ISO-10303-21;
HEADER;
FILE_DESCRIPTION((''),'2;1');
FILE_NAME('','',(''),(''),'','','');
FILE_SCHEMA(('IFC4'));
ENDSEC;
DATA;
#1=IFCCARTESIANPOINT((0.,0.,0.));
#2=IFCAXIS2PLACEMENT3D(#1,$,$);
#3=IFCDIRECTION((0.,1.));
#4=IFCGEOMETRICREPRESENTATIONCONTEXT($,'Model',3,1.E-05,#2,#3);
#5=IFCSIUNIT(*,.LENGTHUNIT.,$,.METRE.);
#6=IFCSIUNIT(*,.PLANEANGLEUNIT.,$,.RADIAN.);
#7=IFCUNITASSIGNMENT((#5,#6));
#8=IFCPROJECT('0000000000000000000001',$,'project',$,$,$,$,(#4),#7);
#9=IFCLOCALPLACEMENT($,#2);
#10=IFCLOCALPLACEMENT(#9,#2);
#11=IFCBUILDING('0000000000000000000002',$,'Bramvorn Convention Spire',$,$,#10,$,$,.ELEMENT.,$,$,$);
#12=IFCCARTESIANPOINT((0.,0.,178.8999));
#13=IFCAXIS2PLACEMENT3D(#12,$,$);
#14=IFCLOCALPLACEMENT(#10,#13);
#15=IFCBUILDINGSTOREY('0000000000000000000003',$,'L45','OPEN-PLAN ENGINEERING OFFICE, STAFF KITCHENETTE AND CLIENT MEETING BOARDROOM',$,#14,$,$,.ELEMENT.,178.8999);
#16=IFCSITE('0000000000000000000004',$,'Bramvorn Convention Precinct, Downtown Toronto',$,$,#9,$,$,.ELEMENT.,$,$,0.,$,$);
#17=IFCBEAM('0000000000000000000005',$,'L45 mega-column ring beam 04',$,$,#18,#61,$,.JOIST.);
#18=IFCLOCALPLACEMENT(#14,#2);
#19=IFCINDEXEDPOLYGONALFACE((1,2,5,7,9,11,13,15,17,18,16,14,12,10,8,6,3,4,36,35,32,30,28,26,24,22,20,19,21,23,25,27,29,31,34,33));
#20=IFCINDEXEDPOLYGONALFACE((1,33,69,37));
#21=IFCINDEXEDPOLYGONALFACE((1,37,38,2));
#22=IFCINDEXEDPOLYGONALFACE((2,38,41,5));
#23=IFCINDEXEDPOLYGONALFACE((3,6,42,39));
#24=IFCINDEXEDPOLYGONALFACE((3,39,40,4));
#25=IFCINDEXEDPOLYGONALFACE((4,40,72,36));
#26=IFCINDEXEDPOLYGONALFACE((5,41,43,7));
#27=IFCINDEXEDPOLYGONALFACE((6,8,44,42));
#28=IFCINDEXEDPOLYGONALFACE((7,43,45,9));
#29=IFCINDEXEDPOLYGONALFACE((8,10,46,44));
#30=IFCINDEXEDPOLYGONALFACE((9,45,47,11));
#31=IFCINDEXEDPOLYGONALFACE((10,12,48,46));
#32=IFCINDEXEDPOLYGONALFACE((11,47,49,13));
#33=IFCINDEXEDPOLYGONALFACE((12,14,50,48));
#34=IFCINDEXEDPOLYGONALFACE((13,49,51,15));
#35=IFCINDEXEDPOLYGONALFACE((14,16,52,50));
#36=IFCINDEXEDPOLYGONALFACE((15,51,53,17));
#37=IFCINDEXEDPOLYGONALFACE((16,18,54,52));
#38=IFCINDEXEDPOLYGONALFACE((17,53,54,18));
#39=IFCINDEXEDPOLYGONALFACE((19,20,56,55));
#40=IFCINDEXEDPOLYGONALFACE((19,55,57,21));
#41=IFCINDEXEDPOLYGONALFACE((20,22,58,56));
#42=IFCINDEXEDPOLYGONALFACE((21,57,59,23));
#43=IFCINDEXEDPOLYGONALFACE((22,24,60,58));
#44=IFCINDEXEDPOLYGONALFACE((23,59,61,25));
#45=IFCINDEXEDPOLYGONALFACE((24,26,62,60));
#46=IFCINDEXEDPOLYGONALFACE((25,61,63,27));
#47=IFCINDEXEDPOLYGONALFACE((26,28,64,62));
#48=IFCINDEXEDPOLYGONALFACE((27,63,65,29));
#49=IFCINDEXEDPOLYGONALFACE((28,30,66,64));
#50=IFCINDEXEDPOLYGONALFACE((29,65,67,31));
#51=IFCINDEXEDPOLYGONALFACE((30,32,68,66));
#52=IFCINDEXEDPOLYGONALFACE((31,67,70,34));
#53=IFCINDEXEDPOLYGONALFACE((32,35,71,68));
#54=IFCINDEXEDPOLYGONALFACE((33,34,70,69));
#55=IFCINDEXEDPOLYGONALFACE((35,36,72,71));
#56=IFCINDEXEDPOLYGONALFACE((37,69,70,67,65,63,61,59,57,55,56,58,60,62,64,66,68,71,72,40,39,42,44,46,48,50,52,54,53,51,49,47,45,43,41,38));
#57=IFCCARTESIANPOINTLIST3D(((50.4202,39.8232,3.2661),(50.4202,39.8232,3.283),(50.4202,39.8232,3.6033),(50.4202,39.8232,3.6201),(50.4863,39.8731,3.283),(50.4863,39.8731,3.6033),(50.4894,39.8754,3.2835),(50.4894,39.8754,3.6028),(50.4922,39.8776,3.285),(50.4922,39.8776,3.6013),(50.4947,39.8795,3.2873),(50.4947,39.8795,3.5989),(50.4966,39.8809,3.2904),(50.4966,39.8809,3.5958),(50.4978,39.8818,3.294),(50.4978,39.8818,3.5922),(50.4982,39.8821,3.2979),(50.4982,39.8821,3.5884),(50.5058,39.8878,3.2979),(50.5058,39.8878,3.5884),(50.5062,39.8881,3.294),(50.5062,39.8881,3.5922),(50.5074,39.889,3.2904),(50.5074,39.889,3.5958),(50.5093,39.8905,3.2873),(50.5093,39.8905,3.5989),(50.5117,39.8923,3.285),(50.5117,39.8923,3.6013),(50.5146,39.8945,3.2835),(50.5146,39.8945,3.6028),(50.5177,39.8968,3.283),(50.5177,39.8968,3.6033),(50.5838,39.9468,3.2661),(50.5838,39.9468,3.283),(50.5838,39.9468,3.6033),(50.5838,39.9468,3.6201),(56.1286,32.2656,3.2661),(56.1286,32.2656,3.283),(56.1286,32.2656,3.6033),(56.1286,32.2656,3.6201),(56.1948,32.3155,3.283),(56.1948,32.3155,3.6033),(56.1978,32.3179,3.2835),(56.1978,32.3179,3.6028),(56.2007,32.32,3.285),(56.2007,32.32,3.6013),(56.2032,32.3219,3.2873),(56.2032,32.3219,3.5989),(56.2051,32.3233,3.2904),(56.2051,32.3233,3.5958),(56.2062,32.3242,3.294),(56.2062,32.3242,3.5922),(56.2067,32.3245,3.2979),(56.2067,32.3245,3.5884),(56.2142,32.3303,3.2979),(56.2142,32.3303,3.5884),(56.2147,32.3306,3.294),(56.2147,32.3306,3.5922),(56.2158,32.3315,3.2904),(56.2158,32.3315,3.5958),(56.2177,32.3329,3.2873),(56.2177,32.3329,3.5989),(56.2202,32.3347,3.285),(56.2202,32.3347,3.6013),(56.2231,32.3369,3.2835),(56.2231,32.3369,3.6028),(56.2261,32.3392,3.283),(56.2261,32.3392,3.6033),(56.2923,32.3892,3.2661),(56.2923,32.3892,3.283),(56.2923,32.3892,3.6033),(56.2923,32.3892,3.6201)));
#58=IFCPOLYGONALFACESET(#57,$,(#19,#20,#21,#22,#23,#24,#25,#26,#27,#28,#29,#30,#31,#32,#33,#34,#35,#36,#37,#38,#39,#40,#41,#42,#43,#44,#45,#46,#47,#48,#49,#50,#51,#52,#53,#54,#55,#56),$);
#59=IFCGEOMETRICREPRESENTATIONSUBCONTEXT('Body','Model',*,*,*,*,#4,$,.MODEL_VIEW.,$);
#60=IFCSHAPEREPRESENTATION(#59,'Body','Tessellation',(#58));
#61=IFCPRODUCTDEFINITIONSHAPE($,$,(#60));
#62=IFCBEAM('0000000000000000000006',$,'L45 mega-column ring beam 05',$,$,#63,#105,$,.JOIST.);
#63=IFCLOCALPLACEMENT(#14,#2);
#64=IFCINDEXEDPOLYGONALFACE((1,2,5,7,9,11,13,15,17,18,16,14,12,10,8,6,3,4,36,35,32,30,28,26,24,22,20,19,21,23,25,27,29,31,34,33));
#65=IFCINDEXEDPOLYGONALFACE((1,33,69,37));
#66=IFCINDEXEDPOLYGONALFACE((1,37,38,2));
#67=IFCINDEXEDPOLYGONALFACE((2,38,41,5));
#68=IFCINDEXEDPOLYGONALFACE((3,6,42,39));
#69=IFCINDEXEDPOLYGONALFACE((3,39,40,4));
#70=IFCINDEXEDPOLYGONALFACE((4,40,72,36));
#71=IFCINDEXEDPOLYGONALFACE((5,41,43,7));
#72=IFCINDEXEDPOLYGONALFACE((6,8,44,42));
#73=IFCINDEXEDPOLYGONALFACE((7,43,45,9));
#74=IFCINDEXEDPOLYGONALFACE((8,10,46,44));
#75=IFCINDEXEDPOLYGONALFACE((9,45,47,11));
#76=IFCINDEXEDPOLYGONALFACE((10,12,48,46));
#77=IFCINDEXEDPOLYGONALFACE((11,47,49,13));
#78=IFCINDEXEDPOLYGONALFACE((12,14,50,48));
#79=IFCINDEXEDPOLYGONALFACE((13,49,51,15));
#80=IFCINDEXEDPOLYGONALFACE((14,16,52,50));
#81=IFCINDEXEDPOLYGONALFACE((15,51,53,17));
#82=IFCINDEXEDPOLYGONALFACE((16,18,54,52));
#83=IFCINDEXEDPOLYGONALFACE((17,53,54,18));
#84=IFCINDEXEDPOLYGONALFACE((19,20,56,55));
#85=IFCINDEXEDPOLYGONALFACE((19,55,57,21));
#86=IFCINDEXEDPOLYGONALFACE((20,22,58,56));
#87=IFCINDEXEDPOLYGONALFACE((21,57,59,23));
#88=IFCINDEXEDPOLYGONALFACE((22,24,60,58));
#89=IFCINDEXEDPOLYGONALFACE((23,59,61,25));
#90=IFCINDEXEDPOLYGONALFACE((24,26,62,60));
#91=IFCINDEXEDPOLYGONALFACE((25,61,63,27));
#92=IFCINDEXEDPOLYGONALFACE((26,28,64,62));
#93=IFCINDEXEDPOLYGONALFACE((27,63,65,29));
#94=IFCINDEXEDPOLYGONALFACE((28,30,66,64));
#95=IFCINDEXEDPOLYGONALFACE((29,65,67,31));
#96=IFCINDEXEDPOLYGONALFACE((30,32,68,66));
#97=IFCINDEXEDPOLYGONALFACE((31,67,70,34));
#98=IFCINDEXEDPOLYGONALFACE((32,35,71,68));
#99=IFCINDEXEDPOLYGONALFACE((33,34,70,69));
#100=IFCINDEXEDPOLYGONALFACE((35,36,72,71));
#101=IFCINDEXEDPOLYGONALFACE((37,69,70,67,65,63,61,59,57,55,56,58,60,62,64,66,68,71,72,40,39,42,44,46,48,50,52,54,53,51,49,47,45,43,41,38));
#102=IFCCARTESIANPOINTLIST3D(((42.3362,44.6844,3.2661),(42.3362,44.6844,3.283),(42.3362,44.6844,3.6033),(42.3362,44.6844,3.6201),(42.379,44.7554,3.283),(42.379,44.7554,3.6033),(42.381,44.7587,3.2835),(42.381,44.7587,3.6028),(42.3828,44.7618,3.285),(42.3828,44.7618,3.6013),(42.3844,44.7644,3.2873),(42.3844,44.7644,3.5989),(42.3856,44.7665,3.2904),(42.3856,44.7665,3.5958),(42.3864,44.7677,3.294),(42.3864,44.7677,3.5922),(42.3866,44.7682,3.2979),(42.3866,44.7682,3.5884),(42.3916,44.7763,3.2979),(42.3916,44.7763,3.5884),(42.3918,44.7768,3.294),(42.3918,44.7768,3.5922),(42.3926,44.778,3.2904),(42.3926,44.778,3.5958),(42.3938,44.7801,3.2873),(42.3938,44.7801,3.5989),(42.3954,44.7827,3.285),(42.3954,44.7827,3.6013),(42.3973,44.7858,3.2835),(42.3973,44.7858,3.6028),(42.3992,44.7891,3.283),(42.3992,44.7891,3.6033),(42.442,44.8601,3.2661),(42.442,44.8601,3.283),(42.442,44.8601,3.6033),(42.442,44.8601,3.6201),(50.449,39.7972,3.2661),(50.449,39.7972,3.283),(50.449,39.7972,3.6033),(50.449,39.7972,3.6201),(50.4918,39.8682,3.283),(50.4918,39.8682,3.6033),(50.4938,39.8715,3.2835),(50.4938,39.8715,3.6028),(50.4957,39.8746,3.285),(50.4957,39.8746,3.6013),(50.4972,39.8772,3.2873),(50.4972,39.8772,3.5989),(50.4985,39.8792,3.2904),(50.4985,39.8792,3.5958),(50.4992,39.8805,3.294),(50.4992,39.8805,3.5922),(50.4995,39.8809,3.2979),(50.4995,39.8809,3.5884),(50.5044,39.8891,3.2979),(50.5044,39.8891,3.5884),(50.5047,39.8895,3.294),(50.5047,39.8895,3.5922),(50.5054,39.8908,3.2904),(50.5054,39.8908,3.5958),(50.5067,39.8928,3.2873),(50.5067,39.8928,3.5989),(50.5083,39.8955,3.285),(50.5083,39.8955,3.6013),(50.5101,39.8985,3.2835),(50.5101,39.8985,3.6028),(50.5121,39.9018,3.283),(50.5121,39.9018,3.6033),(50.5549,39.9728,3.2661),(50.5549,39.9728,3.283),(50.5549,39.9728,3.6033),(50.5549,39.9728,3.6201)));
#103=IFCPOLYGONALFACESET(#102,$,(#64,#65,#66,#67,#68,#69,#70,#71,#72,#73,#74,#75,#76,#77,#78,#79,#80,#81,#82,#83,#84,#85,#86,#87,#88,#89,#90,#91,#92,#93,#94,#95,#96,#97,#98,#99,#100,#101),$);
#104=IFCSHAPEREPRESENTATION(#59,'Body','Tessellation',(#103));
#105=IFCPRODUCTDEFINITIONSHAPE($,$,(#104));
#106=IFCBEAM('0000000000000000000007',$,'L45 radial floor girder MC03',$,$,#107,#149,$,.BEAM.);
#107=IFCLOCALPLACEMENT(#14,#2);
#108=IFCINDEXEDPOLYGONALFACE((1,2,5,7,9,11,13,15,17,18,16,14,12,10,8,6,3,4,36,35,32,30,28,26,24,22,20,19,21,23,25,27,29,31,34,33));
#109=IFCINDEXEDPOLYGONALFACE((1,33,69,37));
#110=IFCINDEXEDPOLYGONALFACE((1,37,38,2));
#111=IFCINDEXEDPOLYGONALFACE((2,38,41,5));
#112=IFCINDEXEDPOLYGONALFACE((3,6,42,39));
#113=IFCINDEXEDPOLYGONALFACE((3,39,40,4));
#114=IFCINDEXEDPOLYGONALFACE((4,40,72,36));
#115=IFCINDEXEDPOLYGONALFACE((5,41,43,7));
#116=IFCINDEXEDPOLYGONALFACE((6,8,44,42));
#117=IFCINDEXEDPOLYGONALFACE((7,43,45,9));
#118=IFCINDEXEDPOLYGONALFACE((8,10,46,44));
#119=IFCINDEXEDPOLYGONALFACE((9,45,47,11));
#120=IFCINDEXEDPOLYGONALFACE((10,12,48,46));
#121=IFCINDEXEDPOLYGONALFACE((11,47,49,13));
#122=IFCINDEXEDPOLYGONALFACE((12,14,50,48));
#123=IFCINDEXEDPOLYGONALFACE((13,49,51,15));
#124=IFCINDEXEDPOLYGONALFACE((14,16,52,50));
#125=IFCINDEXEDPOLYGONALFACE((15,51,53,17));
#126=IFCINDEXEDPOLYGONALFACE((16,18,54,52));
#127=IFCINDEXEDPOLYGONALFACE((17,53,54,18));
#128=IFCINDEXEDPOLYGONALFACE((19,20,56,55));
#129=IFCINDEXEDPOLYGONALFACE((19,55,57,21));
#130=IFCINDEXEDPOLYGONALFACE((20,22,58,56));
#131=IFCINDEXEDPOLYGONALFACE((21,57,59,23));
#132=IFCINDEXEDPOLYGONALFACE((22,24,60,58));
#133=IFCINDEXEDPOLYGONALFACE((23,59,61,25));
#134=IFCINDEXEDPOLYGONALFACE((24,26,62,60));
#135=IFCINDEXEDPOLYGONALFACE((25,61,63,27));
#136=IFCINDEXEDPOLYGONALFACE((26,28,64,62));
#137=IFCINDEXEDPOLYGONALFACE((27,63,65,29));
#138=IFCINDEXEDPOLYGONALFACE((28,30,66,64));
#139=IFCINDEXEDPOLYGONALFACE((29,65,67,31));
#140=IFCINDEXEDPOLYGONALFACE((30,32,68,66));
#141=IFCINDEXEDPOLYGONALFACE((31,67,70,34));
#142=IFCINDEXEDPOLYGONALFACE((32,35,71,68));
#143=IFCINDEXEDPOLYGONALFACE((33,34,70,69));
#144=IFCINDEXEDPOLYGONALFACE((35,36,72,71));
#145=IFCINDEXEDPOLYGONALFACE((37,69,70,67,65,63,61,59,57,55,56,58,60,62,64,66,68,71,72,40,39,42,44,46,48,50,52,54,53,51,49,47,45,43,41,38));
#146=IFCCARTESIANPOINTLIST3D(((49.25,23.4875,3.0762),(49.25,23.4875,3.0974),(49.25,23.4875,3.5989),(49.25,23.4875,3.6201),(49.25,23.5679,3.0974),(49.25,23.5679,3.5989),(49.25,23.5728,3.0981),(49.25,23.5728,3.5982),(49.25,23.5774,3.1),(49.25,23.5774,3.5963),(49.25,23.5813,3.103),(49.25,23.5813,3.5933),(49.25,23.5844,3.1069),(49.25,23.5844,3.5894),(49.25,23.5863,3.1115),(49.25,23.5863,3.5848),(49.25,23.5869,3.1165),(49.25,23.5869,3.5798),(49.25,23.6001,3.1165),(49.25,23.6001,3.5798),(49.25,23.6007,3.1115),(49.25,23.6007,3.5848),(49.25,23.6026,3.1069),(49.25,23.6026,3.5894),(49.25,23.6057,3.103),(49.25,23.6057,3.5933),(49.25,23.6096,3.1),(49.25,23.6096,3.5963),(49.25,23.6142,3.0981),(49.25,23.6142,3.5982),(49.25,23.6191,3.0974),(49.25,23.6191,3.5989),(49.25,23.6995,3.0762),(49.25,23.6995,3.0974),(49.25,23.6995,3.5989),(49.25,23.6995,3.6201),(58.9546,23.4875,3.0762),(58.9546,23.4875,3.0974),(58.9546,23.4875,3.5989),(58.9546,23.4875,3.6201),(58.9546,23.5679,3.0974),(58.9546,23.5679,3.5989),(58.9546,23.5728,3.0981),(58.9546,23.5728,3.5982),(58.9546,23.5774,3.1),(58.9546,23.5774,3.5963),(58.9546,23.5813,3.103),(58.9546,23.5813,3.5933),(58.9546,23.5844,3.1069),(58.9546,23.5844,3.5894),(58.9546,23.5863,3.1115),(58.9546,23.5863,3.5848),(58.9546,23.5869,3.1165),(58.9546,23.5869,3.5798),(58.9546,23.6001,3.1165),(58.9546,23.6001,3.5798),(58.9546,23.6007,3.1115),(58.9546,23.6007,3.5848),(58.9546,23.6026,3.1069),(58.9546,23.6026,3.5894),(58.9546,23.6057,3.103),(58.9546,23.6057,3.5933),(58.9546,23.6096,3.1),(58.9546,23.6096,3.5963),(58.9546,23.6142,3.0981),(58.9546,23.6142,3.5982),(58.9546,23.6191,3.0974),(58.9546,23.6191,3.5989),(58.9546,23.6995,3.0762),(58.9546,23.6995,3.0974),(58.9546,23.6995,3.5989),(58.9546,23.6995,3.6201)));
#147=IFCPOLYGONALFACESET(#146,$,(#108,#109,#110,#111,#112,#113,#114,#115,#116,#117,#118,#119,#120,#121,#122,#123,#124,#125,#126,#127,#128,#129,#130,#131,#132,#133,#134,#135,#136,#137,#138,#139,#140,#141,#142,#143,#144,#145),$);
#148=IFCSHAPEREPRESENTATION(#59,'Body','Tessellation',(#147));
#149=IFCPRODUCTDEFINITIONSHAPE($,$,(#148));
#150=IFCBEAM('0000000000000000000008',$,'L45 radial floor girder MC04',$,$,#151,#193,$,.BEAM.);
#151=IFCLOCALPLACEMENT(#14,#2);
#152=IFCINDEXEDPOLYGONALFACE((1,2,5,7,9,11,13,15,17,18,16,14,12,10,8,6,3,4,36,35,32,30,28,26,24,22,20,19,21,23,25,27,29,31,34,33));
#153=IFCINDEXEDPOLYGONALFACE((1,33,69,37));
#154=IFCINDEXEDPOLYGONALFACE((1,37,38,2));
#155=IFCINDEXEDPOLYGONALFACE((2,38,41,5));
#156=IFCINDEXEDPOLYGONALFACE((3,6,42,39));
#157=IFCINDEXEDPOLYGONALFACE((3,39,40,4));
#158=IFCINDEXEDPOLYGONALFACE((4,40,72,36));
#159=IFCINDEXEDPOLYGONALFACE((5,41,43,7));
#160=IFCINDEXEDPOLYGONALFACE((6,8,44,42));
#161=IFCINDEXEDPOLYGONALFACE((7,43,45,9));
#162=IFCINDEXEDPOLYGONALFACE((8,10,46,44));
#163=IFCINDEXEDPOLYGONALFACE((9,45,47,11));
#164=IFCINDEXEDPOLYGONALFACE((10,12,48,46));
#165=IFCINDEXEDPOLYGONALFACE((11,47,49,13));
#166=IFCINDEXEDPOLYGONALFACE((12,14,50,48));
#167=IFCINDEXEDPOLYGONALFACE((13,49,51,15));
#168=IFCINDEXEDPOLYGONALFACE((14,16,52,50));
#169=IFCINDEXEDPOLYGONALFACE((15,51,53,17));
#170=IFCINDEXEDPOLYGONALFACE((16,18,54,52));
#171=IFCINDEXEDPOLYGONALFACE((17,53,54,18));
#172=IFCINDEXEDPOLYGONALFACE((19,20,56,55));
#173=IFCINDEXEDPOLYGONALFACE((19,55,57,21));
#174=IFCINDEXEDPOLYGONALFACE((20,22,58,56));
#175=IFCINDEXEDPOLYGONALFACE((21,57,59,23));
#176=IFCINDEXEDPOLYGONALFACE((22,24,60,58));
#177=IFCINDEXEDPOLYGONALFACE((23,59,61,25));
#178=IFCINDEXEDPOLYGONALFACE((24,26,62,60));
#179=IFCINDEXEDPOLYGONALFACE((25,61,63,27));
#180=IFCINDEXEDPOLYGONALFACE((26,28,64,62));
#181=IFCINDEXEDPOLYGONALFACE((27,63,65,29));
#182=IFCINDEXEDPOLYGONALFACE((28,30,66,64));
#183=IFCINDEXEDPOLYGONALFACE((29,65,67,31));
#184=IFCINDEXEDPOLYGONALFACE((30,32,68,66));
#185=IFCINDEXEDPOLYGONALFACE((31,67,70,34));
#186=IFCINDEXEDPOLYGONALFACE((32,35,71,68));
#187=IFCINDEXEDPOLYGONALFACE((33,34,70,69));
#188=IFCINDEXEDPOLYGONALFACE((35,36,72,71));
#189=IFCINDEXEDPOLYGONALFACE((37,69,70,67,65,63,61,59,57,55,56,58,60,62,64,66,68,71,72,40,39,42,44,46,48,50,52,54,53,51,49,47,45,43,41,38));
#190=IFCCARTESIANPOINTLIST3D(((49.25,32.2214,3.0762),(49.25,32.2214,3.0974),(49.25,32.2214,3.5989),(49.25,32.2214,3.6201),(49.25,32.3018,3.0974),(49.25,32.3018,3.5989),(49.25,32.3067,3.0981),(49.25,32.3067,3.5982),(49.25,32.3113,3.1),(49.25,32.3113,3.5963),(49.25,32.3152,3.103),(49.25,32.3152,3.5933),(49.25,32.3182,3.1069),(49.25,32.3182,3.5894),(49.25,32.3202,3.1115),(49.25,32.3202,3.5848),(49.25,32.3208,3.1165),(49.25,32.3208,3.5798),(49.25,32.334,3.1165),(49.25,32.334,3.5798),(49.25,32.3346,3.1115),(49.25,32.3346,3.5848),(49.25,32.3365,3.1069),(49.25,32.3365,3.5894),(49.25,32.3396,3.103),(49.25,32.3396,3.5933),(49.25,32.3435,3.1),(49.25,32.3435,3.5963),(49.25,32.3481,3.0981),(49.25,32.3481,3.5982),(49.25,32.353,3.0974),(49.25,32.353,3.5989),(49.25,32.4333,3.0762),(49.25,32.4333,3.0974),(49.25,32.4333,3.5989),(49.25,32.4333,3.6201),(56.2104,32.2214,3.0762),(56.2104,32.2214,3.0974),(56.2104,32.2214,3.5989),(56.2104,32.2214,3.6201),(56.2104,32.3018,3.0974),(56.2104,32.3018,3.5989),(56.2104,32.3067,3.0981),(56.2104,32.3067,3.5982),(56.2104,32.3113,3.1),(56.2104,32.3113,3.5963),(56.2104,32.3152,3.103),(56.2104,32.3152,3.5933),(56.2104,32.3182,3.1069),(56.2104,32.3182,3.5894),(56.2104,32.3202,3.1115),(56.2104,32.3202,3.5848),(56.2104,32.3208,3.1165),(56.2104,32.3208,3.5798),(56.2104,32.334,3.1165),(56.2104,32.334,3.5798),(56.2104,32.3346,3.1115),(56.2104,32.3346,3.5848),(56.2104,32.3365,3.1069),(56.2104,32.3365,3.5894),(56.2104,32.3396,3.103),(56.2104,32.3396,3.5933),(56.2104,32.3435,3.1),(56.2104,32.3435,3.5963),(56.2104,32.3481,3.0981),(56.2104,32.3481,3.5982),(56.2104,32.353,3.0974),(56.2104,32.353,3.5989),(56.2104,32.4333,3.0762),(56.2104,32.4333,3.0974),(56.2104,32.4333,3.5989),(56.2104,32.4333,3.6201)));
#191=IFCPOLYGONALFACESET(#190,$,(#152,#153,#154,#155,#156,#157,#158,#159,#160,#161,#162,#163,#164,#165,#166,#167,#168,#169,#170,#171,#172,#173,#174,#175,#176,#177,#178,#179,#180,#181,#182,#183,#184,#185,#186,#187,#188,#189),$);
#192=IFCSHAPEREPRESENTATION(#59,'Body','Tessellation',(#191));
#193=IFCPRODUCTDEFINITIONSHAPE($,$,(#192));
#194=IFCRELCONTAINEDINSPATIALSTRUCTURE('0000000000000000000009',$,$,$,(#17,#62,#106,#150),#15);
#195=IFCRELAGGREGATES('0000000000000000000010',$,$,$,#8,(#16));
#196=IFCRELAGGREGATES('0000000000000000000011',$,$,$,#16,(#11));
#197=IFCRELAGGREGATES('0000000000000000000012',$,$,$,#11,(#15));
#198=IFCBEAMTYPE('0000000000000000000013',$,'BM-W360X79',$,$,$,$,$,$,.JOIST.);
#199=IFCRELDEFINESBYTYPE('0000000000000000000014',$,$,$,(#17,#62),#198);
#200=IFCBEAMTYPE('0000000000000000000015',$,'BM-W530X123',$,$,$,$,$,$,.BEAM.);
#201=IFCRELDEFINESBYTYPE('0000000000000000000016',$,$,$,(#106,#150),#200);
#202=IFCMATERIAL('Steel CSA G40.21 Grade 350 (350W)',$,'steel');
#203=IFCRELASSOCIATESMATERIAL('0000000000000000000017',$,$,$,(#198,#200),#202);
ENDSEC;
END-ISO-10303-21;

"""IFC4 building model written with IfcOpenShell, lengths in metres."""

from ifc_helpers import new_model, si_unit, direction, frame, origin, origin_2d, place, context, subcontext, project, spatial, i_section, extrude, material, material_profile, profile_set, type_object, element, save


model = new_model("IFC4")

# Units and contexts
model_context = context("Model", 3, precision=1e-05, world=origin(), true_north=direction((0.0, 1.0)))
body_context = subcontext(model_context, "Body", "Model", "MODEL_VIEW")
ifc_project = project(units=[si_unit("LENGTHUNIT", "METRE"), si_unit("PLANEANGLEUNIT", "RADIAN")], contexts=[model_context])

# Site, building, storey
site_placement = place(None, origin())
site = spatial("IfcSite", under=ifc_project, at=site_placement, Name="Bramvorn Convention Precinct, Downtown Toronto", CompositionType="ELEMENT", RefElevation=0.0)
building_placement = place(site_placement, origin())
building = spatial("IfcBuilding", under=site, at=building_placement, Name="Bramvorn Convention Spire", CompositionType="ELEMENT")
storey_placement = place(building_placement, frame((0.0, 0.0, 178.8999)))
storey = spatial("IfcBuildingStorey", under=building, at=storey_placement, Name="L45", Description="OPEN-PLAN ENGINEERING OFFICE, STAFF KITCHENETTE AND CLIENT MEETING BOARDROOM", CompositionType="ELEMENT", Elevation=178.8999)

# Shared definitions
ifc_material_1 = material(Name="Steel CSA G40.21 Grade 350 (350W)", Category="steel")

# Beams
ifc_material_profile_1 = material_profile(ifc_material_1, i_section(OverallWidth=0.2051, OverallDepth=0.354, WebThickness=0.0095, FlangeThickness=0.0168, FilletRadius=0.0149, at=origin_2d()))
ifc_profile_set_1 = profile_set([ifc_material_profile_1], Name="Steel CSA G40.21 Grade 350 (350W) - W360X79")
beam_type_1 = type_object("IfcBeamType", Name="BM-W360X79", PredefinedType="JOIST", material=ifc_profile_set_1)
for number, where, z_axis, x_axis, name in (
    (1, (56.2104, 32.3274, 3.4431), (-0.602719, 0.797954, 0.0), (-0.797954, -0.602719, 0.0), "L45 mega-column ring beam 04"),
    (2, (50.502, 39.885, 3.4431), (-0.856582, 0.516011, 0.0), (-0.516011, -0.856582, 0.0), "L45 mega-column ring beam 05"),
):
    element("IfcBeam", number, at=place(storey_placement, frame(where, z_axis=z_axis, x_axis=x_axis)), inside=storey, type_object=beam_type_1, Name=name, PredefinedType="JOIST", context=body_context, shape_type="SweptSolid", body=[
        extrude(i_section(OverallWidth=0.2051, OverallDepth=0.354, WebThickness=0.0095, FlangeThickness=0.0168, FilletRadius=0.0149, at=origin_2d()), origin(), (0.0, 0.0, 1.0), 9.4712),
    ])
ifc_material_profile_2 = material_profile(ifc_material_1, i_section(OverallWidth=0.2119, OverallDepth=0.5439, WebThickness=0.0132, FlangeThickness=0.0212, FilletRadius=0.019, at=origin_2d()))
ifc_profile_set_2 = profile_set([ifc_material_profile_2], Name="Steel CSA G40.21 Grade 350 (350W) - W530X123")
beam_type_2 = type_object("IfcBeamType", Name="BM-W530X123", PredefinedType="BEAM", material=ifc_profile_set_2)
beam_1_placement = place(storey_placement, frame((49.25, 23.5935, 3.3481), z_axis=(1.0, 0.0, 0.0), x_axis=(0.0, 1.0, 0.0)))
element("IfcBeam", 3, at=beam_1_placement, inside=storey, type_object=beam_type_2, Name="L45 radial floor girder MC03", PredefinedType="BEAM", context=body_context, shape_type="SweptSolid", body=[
    extrude(i_section(OverallWidth=0.2119, OverallDepth=0.5439, WebThickness=0.0132, FlangeThickness=0.0212, FilletRadius=0.019, at=origin_2d()), origin(), (0.0, 0.0, 1.0), 9.7046),
])
beam_2_placement = place(storey_placement, frame((49.25, 32.3274, 3.3481), z_axis=(1.0, 0.0, 0.0), x_axis=(0.0, 1.0, 0.0)))
element("IfcBeam", 4, at=beam_2_placement, inside=storey, type_object=beam_type_2, Name="L45 radial floor girder MC04", PredefinedType="BEAM", context=body_context, shape_type="SweptSolid", body=[
    extrude(i_section(OverallWidth=0.2119, OverallDepth=0.5439, WebThickness=0.0132, FlangeThickness=0.0212, FilletRadius=0.019, at=origin_2d()), origin(), (0.0, 0.0, 1.0), 6.9604),
])

save(model, "model.ifc")
